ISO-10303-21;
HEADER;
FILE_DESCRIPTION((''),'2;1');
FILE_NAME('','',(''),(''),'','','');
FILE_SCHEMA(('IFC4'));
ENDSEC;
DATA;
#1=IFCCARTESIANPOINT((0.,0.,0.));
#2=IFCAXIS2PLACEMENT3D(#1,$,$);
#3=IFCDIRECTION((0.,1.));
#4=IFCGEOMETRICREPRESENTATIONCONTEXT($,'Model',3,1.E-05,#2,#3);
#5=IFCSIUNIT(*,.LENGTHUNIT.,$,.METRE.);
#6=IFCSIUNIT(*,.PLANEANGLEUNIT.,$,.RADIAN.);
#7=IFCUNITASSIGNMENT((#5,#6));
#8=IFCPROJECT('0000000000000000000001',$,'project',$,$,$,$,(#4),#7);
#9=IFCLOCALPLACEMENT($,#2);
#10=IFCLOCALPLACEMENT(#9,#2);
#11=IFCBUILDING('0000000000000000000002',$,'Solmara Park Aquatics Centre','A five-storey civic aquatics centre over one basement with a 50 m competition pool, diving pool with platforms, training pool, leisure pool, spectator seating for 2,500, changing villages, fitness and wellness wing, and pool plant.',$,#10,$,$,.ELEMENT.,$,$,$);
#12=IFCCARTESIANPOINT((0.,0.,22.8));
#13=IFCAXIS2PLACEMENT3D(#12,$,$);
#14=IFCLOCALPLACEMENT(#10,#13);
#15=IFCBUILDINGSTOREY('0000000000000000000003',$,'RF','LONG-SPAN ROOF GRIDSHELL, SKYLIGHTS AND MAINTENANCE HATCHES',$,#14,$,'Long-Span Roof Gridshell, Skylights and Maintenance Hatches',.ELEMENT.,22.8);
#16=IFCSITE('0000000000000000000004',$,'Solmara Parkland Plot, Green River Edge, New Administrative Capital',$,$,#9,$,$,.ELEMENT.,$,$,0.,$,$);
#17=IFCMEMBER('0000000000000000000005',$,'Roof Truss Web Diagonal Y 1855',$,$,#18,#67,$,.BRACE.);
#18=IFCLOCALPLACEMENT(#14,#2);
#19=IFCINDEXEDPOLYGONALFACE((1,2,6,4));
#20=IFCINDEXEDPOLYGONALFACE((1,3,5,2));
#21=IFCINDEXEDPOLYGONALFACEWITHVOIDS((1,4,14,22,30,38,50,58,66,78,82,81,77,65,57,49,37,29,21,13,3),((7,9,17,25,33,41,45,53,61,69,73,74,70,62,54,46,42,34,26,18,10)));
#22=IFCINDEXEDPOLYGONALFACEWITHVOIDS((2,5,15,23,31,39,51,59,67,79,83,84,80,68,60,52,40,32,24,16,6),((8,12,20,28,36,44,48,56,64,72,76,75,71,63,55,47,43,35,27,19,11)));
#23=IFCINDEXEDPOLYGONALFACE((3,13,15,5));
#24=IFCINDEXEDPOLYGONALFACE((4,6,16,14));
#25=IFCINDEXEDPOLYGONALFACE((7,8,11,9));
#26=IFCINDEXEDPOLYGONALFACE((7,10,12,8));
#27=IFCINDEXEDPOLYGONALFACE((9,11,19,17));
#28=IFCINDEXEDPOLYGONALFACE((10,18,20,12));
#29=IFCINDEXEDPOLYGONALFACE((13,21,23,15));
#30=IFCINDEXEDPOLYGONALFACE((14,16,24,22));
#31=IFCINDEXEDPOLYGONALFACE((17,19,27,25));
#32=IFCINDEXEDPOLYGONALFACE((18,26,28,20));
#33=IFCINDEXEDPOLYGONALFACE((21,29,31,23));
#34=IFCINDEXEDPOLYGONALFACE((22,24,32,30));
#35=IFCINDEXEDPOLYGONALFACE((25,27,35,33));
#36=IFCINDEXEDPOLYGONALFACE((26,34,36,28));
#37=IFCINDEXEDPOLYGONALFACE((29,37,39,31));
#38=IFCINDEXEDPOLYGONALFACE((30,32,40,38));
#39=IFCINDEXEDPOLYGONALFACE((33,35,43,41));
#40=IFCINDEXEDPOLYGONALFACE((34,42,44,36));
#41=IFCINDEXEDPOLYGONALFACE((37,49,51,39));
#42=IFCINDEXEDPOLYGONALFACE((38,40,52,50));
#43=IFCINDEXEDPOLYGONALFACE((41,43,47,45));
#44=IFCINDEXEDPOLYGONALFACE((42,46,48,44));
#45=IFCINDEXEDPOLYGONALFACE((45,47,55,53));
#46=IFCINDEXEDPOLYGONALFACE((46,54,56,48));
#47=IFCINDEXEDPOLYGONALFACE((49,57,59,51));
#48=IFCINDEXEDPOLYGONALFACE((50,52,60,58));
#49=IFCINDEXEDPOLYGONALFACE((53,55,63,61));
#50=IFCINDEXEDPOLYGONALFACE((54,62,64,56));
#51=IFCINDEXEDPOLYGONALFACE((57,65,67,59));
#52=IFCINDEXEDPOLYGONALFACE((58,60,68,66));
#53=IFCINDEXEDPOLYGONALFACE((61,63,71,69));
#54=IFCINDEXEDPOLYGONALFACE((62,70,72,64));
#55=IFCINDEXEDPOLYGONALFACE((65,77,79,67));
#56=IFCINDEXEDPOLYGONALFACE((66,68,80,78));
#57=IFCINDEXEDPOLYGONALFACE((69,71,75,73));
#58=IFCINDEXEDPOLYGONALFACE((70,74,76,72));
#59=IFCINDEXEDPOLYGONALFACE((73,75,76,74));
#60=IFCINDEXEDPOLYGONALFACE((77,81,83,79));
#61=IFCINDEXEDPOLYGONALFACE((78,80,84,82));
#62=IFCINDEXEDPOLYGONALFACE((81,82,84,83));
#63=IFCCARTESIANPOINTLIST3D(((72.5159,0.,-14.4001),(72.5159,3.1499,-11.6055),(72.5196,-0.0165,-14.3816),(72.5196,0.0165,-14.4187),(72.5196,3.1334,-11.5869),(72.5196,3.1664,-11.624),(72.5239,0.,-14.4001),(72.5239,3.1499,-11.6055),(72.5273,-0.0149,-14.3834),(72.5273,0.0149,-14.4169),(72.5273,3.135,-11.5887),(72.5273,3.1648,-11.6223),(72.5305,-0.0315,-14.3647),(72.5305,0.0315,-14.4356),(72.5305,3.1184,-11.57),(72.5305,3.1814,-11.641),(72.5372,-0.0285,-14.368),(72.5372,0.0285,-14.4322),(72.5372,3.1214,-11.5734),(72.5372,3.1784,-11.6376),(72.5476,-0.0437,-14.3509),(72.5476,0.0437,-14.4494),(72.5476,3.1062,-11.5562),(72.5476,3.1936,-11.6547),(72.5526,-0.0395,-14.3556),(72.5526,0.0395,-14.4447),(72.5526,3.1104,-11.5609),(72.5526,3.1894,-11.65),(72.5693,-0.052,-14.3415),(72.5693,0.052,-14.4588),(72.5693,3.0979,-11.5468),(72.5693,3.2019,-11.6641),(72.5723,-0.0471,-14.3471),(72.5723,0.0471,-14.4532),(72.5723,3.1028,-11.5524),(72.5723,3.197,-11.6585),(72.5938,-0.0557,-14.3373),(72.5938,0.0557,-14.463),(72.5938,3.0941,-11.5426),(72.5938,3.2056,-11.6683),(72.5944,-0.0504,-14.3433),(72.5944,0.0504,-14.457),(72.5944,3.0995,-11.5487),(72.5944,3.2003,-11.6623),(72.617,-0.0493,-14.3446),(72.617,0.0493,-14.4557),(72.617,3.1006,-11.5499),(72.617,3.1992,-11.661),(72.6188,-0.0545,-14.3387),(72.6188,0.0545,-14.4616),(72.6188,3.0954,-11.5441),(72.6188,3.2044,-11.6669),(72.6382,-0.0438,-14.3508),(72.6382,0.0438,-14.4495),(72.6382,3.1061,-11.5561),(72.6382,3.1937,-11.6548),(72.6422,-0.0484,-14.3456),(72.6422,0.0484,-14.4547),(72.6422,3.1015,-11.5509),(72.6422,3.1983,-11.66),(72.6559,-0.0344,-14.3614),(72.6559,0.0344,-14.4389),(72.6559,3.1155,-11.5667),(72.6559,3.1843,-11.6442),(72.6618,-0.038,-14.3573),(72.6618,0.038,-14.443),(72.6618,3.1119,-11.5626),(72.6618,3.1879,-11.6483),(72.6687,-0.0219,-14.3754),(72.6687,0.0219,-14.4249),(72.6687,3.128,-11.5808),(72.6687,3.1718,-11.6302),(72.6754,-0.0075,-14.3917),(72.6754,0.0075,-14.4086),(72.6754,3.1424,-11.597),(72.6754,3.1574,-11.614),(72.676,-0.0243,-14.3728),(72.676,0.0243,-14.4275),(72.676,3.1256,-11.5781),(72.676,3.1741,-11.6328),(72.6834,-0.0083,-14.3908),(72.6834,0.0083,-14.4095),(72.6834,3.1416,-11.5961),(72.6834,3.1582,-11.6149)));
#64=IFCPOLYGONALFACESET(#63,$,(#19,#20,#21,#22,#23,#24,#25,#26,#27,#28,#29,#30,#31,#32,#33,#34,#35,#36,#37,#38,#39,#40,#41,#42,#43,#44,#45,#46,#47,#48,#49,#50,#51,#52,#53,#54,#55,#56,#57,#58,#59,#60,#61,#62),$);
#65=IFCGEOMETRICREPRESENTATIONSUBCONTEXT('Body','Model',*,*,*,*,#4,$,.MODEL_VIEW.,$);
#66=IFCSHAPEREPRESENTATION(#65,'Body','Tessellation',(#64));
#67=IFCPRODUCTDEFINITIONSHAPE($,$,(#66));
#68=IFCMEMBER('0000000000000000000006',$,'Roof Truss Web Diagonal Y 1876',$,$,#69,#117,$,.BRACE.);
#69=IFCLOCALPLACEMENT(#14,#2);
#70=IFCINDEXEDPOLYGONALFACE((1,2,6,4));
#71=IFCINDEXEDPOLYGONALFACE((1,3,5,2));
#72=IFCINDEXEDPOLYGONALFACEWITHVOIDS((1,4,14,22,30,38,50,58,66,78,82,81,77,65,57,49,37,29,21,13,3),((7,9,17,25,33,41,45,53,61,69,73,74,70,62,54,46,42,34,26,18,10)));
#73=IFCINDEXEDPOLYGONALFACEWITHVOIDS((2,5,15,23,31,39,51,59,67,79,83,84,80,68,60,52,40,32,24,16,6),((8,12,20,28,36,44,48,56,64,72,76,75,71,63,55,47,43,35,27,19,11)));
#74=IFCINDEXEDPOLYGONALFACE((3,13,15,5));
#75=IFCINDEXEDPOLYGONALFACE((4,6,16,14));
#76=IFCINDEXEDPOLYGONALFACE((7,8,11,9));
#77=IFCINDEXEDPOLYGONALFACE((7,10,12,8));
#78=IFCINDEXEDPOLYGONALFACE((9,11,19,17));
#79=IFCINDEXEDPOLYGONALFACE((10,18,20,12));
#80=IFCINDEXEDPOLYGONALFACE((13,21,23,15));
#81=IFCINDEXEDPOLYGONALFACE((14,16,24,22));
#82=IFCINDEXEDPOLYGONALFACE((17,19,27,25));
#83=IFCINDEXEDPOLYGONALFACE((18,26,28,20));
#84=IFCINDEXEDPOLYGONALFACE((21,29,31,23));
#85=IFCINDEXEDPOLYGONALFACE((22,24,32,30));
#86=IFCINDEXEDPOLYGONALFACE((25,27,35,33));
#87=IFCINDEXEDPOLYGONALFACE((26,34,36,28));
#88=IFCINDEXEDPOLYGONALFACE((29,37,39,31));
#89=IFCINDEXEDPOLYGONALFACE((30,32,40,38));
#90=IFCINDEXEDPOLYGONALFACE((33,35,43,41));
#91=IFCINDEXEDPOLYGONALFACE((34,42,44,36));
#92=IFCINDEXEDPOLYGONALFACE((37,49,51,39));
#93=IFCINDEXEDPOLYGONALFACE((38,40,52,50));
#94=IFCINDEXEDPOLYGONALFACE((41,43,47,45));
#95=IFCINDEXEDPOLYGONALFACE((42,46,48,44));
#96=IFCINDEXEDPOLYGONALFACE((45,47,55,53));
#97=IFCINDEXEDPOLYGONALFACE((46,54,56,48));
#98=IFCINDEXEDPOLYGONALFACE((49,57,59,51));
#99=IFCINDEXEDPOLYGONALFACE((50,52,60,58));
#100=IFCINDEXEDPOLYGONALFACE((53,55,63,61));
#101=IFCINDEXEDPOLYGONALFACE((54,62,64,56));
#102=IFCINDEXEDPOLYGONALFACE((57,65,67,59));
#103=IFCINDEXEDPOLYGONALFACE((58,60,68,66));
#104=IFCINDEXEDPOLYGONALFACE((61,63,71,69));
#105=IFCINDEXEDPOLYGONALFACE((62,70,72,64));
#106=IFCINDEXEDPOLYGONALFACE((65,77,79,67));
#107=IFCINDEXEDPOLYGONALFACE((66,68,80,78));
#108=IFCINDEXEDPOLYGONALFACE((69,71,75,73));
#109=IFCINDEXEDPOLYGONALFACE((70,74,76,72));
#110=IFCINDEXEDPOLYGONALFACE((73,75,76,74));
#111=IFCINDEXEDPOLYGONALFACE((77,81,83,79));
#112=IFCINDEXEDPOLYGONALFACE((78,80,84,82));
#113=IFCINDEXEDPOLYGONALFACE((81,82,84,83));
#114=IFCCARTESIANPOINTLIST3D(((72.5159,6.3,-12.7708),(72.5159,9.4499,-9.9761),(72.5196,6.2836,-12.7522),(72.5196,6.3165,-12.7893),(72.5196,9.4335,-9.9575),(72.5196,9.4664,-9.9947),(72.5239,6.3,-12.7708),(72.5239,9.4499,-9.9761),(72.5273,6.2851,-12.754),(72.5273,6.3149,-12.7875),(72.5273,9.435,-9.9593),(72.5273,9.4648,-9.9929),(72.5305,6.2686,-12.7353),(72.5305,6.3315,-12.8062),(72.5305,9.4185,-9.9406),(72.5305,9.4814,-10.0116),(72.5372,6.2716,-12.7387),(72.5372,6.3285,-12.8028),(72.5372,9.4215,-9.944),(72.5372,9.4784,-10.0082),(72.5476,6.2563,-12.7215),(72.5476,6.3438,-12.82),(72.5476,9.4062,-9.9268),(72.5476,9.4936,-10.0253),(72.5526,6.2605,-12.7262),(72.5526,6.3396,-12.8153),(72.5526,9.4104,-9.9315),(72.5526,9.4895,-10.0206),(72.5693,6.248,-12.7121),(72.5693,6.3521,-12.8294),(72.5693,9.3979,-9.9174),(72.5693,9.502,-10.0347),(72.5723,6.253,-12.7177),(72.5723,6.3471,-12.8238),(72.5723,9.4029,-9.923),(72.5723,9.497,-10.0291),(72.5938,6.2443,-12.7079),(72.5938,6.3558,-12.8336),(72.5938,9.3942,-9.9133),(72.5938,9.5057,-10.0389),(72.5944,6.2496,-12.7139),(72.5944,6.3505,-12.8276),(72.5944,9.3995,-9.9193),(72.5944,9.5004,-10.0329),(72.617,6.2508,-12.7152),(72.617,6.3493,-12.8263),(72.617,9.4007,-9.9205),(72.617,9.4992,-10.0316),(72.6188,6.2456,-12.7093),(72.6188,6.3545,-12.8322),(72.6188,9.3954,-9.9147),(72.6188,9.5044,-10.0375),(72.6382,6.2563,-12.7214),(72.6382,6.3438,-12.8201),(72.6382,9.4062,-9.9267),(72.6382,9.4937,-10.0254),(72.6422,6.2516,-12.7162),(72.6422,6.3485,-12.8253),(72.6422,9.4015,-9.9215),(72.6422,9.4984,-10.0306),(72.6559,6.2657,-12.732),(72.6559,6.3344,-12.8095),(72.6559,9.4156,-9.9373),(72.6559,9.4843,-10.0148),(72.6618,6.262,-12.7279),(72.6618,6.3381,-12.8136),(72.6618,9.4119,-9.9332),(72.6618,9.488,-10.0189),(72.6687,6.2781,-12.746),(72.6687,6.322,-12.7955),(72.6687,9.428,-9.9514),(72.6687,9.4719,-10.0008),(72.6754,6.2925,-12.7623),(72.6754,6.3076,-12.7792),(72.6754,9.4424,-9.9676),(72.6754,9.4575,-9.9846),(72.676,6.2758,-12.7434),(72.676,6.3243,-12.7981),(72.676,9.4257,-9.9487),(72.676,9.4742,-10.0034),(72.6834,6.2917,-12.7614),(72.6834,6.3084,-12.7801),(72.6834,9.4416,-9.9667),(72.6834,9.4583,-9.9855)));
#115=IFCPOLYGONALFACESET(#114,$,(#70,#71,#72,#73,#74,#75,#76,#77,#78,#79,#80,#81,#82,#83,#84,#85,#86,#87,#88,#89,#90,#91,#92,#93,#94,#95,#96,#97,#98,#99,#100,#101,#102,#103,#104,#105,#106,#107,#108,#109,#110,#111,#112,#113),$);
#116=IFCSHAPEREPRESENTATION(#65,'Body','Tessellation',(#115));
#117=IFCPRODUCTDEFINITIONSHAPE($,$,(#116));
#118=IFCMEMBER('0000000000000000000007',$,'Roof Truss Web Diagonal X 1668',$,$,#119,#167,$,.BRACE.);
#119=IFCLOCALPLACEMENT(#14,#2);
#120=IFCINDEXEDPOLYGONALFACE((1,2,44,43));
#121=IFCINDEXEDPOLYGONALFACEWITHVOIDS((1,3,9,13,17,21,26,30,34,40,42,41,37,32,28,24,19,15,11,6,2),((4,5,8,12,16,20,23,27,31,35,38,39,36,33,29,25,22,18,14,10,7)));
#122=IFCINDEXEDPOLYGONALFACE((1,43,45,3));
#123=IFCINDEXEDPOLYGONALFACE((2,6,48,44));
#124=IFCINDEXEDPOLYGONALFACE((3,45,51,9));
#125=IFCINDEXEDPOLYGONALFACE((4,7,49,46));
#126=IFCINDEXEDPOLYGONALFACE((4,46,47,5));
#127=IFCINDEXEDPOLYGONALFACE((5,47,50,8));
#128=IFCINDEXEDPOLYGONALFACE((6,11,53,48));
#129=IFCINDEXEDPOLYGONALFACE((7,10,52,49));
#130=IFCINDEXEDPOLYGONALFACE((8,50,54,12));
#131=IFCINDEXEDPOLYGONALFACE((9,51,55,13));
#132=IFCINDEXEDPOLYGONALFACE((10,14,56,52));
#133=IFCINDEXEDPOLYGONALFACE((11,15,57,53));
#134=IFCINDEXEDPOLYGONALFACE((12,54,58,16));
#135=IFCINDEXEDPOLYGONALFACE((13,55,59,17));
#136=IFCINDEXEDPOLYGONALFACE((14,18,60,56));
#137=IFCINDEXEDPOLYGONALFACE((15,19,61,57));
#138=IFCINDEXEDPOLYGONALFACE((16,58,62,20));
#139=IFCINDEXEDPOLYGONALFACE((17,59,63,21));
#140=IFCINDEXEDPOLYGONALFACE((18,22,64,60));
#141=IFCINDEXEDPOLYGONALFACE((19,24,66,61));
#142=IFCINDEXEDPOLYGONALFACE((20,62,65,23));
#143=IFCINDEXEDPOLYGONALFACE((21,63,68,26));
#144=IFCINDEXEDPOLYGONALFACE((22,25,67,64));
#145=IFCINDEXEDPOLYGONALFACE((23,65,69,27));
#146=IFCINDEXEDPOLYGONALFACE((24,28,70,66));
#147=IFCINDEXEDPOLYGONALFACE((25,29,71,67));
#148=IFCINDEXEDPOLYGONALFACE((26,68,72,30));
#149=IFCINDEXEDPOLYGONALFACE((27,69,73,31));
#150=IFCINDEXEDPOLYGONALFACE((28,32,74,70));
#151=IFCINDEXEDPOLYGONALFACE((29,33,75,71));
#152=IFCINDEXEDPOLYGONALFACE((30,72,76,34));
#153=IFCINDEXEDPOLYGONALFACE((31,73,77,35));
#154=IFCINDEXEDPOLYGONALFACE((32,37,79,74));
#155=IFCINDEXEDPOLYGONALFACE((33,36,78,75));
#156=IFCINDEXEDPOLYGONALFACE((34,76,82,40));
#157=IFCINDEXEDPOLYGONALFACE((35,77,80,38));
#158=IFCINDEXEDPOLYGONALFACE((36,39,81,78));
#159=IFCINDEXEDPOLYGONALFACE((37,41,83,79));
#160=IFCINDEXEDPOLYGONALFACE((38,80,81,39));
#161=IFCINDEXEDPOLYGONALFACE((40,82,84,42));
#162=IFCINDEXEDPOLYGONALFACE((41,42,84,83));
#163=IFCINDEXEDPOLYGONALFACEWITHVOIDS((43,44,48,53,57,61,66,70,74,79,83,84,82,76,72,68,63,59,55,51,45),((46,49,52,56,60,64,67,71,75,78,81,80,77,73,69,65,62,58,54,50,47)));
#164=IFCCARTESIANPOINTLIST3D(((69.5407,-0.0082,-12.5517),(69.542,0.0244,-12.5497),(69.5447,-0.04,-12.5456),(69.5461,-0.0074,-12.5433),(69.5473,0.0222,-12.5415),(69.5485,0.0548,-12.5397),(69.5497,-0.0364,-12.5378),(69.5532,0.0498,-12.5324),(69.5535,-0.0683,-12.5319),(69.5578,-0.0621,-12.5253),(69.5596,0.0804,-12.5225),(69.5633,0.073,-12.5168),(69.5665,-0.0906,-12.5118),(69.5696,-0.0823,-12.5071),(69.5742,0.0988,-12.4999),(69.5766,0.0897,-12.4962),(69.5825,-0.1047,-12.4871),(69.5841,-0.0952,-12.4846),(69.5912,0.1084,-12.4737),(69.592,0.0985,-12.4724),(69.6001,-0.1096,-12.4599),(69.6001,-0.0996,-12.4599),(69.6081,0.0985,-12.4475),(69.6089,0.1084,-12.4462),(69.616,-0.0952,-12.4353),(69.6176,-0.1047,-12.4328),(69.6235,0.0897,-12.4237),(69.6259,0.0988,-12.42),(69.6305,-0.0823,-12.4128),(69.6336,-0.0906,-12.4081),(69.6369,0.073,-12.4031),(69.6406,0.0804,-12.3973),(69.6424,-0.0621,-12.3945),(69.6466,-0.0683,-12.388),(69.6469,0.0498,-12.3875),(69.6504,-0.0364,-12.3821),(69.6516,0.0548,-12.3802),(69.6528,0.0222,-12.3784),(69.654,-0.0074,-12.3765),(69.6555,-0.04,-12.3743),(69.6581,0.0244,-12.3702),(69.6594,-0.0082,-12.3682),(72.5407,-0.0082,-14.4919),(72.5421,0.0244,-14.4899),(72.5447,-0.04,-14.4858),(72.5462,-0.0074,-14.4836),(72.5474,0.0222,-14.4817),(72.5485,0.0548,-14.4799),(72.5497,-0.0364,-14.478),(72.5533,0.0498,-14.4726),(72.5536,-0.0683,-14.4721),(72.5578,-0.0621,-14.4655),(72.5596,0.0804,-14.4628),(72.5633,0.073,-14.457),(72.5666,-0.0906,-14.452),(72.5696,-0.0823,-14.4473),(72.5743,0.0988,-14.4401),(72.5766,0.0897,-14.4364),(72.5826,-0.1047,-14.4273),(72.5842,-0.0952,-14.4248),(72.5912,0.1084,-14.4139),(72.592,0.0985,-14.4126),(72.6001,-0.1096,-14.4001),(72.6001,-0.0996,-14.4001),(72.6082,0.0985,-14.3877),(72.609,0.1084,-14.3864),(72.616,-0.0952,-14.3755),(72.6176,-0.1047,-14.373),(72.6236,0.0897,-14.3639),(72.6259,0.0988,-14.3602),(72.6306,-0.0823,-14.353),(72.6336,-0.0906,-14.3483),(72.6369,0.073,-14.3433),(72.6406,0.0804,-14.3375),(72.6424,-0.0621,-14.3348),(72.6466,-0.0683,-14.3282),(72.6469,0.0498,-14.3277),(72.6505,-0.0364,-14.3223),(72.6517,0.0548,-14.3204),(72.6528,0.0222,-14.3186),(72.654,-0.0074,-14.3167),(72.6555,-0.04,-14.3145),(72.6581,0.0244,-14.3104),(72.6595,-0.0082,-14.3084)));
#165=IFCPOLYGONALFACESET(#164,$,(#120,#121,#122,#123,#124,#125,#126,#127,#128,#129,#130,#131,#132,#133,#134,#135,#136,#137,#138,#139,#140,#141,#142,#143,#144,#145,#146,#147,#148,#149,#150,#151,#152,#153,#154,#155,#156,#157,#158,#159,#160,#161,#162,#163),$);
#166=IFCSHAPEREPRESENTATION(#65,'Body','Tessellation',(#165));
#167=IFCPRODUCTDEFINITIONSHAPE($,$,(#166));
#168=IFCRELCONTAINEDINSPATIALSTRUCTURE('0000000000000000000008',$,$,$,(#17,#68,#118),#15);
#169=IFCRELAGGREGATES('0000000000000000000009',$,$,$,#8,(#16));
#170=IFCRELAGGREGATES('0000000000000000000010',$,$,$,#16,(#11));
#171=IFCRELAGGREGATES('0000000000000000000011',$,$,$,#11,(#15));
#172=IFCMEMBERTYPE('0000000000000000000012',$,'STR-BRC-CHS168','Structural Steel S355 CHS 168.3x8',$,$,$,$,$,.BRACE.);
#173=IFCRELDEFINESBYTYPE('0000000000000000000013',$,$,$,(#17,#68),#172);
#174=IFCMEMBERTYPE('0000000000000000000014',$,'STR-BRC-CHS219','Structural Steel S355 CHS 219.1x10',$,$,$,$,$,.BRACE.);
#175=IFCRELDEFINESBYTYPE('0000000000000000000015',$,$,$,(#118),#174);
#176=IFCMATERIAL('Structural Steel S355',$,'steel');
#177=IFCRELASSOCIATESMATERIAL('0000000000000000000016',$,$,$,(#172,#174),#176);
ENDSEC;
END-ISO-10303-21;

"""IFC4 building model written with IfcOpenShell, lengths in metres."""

from ifc_helpers import new_model, si_unit, direction, frame, origin, origin_2d, place, context, subcontext, project, spatial, hollow_circle, extrude, material, material_profile, profile_set, type_object, element, save


model = new_model("IFC4")

# Units and contexts
model_context = context("Model", 3, precision=1e-05, world=origin(), true_north=direction((0.0, 1.0)))
body_context = subcontext(model_context, "Body", "Model", "MODEL_VIEW")
ifc_project = project(units=[si_unit("LENGTHUNIT", "METRE"), si_unit("PLANEANGLEUNIT", "RADIAN")], contexts=[model_context])

# Site, building, storey
site_placement = place(None, origin())
site = spatial("IfcSite", under=ifc_project, at=site_placement, Name="Solmara Parkland Plot, Green River Edge, New Administrative Capital", CompositionType="ELEMENT", RefElevation=0.0)
building_placement = place(site_placement, origin())
building = spatial("IfcBuilding", under=site, at=building_placement, Name="Solmara Park Aquatics Centre", Description="A five-storey civic aquatics centre over one basement with a 50 m competition pool, diving pool with platforms, training pool, leisure pool, spectator seating for 2,500, changing villages, fitness and wellness wing, and pool plant.", CompositionType="ELEMENT")
storey_placement = place(building_placement, frame((0.0, 0.0, 22.8)))
storey = spatial("IfcBuildingStorey", under=building, at=storey_placement, Name="RF", Description="LONG-SPAN ROOF GRIDSHELL, SKYLIGHTS AND MAINTENANCE HATCHES", LongName="Long-Span Roof Gridshell, Skylights and Maintenance Hatches", CompositionType="ELEMENT", Elevation=22.8)

# Members
ifc_material_1 = material(Name="Structural Steel S355", Category="steel")
ifc_material_profile_1 = material_profile(ifc_material_1, hollow_circle(Radius=0.0842, WallThickness=0.0081, at=origin_2d()), Name="CHS 168.3x8")
ifc_profile_set_1 = profile_set([ifc_material_profile_1], Name="Structural Steel S355")
member_type_1 = type_object("IfcMemberType", Name="STR-BRC-CHS168", Description="Structural Steel S355 CHS 168.3x8", PredefinedType="BRACE", material=ifc_profile_set_1)
for number, where, z_axis, x_axis, name in (
    (1, (72.6001, 0.0, -14.4001), (0.0, 0.748026, 0.663669), (-1.0, 0.0, 0.0), "Roof Truss Web Diagonal Y 1855"),
    (2, (72.6001, 6.3, -12.7708), (0.0, 0.748026, 0.663669), (-1.0, 0.0, 0.0), "Roof Truss Web Diagonal Y 1876"),
):
    element("IfcMember", number, at=place(storey_placement, frame(where, z_axis=z_axis, x_axis=x_axis)), inside=storey, type_object=member_type_1, Name=name, PredefinedType="BRACE", context=body_context, shape_type="SweptSolid", body=[
        extrude(hollow_circle(Radius=0.0842, WallThickness=0.0081, at=origin_2d()), origin(), (0.0, 0.0, 1.0), 4.2109),
    ])
ifc_material_profile_2 = material_profile(ifc_material_1, hollow_circle(Radius=0.1096, WallThickness=0.01, at=origin_2d()), Name="CHS 219.1x10")
ifc_profile_set_2 = profile_set([ifc_material_profile_2], Name="Structural Steel S355")
member_type_2 = type_object("IfcMemberType", Name="STR-BRC-CHS219", Description="Structural Steel S355 CHS 219.1x10", PredefinedType="BRACE", material=ifc_profile_set_2)
for number, where, z_axis, x_axis, name in (
    (3, (72.6001, 0.0, -14.4001), (-0.839697, 0.0, 0.543056), (0.0, -1.0, 0.0), "Roof Truss Web Diagonal X 1668"),
):
    element("IfcMember", number, at=place(storey_placement, frame(where, z_axis=z_axis, x_axis=x_axis)), inside=storey, type_object=member_type_2, Name=name, PredefinedType="BRACE", context=body_context, shape_type="SweptSolid", body=[
        extrude(hollow_circle(Radius=0.1096, WallThickness=0.01, at=origin_2d()), origin(), (0.0, 0.0, 1.0), 3.5728),
    ])

save(model, "model.ifc")
